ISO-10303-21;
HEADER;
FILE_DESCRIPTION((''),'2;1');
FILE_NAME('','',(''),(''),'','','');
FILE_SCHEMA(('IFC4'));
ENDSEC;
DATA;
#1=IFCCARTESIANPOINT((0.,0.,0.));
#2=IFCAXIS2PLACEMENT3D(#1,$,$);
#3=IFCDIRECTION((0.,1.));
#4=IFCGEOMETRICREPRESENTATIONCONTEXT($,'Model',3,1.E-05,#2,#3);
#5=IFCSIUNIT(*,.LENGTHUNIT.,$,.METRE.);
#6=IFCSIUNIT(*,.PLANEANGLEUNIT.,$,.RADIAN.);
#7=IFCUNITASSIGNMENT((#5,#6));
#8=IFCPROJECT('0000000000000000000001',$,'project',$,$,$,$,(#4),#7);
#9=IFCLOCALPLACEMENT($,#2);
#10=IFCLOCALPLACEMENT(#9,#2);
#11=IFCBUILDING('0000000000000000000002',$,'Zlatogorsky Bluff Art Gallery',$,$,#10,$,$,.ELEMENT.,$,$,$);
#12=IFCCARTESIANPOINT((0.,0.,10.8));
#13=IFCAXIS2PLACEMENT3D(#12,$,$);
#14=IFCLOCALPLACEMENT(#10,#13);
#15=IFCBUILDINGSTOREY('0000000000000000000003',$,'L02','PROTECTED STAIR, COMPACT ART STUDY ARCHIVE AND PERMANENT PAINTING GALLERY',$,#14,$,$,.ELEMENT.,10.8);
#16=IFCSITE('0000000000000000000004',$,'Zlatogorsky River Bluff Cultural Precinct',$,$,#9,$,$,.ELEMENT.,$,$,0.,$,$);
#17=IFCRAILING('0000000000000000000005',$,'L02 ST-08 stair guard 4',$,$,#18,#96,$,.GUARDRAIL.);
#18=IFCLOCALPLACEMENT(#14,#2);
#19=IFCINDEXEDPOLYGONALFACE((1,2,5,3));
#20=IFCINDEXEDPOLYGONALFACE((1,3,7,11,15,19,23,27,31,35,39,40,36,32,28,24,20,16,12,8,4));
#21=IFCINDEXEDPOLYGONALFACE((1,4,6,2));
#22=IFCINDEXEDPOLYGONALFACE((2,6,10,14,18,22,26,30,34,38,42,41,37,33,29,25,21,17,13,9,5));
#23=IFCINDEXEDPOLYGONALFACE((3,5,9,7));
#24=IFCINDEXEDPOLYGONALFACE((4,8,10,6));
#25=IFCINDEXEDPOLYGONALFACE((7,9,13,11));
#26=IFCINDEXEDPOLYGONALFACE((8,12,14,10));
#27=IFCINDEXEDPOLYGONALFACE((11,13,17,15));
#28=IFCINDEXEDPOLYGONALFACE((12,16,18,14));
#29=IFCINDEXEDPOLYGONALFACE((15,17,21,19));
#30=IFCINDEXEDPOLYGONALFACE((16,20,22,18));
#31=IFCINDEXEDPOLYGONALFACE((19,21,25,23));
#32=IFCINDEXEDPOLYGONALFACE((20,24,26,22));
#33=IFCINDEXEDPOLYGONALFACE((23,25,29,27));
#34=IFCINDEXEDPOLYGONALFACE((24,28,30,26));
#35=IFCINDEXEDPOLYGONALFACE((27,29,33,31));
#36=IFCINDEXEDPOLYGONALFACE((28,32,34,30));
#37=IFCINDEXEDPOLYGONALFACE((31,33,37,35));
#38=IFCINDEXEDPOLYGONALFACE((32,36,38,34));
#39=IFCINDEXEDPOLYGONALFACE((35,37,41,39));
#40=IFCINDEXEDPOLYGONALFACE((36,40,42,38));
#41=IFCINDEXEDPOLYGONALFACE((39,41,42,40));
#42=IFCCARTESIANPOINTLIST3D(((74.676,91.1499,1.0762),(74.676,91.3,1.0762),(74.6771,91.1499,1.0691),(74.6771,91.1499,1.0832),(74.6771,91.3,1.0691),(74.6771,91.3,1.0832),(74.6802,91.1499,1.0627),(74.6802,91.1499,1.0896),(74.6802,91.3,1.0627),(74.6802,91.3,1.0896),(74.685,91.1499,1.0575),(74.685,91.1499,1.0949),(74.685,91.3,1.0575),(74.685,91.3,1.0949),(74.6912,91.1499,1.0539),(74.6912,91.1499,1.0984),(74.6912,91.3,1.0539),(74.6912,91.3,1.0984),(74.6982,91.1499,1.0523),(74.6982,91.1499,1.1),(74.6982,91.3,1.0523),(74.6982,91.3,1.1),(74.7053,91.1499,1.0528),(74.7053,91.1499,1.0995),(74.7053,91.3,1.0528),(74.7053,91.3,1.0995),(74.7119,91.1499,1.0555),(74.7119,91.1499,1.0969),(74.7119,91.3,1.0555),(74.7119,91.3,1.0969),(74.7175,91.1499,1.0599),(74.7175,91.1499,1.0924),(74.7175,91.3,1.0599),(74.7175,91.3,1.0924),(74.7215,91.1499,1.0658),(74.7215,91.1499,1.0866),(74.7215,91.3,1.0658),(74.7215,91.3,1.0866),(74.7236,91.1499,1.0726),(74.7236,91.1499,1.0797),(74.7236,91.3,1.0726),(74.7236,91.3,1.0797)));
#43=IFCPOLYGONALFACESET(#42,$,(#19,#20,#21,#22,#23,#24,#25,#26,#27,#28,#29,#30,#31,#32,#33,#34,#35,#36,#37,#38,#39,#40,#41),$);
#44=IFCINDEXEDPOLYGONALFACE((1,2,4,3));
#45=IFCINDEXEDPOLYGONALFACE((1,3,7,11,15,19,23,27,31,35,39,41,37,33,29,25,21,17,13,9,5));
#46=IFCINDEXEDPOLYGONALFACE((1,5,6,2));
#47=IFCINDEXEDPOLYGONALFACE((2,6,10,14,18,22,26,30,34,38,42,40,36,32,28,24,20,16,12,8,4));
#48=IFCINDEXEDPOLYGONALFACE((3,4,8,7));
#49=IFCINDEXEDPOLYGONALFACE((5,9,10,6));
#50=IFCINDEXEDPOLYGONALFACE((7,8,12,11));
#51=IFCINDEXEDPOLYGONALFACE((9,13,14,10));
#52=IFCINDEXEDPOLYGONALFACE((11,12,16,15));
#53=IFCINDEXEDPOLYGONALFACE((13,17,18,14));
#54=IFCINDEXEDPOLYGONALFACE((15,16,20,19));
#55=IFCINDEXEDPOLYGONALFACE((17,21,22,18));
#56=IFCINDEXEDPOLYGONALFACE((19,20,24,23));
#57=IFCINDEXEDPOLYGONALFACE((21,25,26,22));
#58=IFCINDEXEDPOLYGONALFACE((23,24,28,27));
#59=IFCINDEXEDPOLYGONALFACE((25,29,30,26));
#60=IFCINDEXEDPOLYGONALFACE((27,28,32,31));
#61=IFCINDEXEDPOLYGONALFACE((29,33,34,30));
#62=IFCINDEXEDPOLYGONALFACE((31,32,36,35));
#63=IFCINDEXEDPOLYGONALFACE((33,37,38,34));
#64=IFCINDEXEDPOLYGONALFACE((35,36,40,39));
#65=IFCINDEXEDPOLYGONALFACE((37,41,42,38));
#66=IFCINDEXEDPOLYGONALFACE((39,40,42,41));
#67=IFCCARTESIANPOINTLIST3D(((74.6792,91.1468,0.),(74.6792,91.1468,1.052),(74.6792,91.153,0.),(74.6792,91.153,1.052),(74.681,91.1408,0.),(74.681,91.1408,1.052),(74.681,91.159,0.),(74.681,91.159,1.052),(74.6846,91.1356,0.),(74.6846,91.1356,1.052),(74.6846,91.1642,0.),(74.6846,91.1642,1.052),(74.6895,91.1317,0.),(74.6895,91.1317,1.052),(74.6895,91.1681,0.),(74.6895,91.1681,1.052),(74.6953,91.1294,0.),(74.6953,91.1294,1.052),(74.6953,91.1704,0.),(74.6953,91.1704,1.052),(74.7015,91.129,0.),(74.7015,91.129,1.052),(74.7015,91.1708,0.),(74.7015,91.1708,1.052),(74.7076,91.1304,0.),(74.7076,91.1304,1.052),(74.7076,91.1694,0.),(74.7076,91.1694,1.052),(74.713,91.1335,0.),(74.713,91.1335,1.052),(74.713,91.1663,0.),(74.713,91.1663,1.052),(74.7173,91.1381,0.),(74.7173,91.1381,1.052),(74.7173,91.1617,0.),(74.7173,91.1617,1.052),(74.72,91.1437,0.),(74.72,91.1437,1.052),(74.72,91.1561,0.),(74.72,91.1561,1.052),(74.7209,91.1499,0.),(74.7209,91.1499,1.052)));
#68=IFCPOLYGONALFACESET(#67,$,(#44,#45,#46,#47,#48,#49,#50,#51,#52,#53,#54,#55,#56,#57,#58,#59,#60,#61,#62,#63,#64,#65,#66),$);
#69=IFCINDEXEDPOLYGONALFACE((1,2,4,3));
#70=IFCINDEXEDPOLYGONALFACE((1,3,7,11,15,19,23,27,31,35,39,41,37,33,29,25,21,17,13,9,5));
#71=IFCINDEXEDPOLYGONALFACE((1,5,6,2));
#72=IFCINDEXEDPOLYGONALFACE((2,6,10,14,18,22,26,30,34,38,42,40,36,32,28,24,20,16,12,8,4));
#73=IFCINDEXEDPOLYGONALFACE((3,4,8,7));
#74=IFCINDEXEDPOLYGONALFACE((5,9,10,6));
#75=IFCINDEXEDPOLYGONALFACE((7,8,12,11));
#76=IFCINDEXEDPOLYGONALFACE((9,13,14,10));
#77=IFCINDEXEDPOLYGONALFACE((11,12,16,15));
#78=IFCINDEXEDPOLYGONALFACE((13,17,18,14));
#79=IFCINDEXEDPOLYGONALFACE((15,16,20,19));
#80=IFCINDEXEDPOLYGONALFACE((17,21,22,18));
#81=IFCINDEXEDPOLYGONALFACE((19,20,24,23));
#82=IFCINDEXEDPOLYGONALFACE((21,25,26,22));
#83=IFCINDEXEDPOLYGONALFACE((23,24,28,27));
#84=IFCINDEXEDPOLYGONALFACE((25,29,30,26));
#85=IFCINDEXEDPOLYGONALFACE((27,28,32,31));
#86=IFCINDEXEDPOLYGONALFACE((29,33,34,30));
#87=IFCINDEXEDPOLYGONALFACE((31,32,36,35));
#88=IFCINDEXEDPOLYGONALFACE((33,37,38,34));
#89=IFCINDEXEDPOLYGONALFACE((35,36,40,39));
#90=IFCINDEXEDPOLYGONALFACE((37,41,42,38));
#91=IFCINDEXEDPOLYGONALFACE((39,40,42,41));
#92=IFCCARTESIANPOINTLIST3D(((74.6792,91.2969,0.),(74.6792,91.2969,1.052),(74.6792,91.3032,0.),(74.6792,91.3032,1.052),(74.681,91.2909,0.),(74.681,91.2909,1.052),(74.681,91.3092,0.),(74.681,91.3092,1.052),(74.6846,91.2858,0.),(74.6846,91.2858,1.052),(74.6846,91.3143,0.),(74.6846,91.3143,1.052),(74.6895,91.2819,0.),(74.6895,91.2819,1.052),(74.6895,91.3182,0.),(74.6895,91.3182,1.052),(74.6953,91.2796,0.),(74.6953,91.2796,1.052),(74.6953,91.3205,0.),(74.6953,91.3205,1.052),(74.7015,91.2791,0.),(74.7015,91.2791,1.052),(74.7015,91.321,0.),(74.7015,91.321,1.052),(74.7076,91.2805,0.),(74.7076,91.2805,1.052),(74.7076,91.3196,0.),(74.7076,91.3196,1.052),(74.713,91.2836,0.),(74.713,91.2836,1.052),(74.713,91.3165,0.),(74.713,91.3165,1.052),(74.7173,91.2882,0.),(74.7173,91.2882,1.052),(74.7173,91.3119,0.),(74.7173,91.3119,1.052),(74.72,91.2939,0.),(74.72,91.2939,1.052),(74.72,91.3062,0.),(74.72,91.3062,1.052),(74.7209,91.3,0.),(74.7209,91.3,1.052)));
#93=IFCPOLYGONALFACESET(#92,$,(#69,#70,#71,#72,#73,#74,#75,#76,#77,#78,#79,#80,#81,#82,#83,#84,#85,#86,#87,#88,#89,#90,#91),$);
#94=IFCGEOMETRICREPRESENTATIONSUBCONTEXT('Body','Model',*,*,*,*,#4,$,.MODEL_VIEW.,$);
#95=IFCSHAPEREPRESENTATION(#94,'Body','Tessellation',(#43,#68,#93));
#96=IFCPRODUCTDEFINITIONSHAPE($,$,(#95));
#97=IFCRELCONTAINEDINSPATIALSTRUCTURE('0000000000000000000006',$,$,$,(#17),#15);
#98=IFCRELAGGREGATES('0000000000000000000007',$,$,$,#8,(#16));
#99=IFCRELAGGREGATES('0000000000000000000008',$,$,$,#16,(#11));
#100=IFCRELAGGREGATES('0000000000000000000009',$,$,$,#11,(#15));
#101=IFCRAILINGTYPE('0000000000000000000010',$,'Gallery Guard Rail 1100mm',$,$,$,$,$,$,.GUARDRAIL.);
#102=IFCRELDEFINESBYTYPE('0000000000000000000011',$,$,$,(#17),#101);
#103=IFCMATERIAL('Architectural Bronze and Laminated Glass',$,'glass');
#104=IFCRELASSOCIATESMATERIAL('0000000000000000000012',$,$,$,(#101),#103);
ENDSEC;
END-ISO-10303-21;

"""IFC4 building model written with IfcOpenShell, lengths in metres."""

from ifc_helpers import new_model, si_unit, direction, frame, origin, origin_2d, place, context, subcontext, project, spatial, circle, extrude, material, type_object, element, save


model = new_model("IFC4")

# Units and contexts
model_context = context("Model", 3, precision=1e-05, world=origin(), true_north=direction((0.0, 1.0)))
body_context = subcontext(model_context, "Body", "Model", "MODEL_VIEW")
ifc_project = project(units=[si_unit("LENGTHUNIT", "METRE"), si_unit("PLANEANGLEUNIT", "RADIAN")], contexts=[model_context])

# Site, building, storey
site_placement = place(None, origin())
site = spatial("IfcSite", under=ifc_project, at=site_placement, Name="Zlatogorsky River Bluff Cultural Precinct", CompositionType="ELEMENT", RefElevation=0.0)
building_placement = place(site_placement, origin())
building = spatial("IfcBuilding", under=site, at=building_placement, Name="Zlatogorsky Bluff Art Gallery", CompositionType="ELEMENT")
storey_placement = place(building_placement, frame((0.0, 0.0, 10.8)))
storey = spatial("IfcBuildingStorey", under=building, at=storey_placement, Name="L02", Description="PROTECTED STAIR, COMPACT ART STUDY ARCHIVE AND PERMANENT PAINTING GALLERY", CompositionType="ELEMENT", Elevation=10.8)

# Railing
ifc_material_1 = material(Name="Architectural Bronze and Laminated Glass", Category="glass")
railing_type_1 = type_object("IfcRailingType", Name="Gallery Guard Rail 1100mm", PredefinedType="GUARDRAIL", material=ifc_material_1)
railing_1_placement = place(storey_placement, frame((74.7, 91.1499, 0.0)))
element("IfcRailing", 1, at=railing_1_placement, inside=storey, type_object=railing_type_1, Name="L02 ST-08 stair guard 4", PredefinedType="GUARDRAIL", context=body_context, shape_type="SweptSolid", body=[
    extrude(circle(Radius=0.0239, at=origin_2d()), frame((0.0, 0.0, 1.0762), z_axis=(0.0, 1.0, 0.0), x_axis=(-1.0, 0.0, 0.0)), (0.0, 0.0, 1.0), 0.1501),
    extrude(circle(Radius=0.021, at=origin_2d()), origin(), (0.0, 0.0, 1.0), 1.052),
    extrude(circle(Radius=0.021, at=origin_2d()), frame((0.0, 0.1501, 0.0)), (0.0, 0.0, 1.0), 1.052),
])

save(model, "model.ifc")
